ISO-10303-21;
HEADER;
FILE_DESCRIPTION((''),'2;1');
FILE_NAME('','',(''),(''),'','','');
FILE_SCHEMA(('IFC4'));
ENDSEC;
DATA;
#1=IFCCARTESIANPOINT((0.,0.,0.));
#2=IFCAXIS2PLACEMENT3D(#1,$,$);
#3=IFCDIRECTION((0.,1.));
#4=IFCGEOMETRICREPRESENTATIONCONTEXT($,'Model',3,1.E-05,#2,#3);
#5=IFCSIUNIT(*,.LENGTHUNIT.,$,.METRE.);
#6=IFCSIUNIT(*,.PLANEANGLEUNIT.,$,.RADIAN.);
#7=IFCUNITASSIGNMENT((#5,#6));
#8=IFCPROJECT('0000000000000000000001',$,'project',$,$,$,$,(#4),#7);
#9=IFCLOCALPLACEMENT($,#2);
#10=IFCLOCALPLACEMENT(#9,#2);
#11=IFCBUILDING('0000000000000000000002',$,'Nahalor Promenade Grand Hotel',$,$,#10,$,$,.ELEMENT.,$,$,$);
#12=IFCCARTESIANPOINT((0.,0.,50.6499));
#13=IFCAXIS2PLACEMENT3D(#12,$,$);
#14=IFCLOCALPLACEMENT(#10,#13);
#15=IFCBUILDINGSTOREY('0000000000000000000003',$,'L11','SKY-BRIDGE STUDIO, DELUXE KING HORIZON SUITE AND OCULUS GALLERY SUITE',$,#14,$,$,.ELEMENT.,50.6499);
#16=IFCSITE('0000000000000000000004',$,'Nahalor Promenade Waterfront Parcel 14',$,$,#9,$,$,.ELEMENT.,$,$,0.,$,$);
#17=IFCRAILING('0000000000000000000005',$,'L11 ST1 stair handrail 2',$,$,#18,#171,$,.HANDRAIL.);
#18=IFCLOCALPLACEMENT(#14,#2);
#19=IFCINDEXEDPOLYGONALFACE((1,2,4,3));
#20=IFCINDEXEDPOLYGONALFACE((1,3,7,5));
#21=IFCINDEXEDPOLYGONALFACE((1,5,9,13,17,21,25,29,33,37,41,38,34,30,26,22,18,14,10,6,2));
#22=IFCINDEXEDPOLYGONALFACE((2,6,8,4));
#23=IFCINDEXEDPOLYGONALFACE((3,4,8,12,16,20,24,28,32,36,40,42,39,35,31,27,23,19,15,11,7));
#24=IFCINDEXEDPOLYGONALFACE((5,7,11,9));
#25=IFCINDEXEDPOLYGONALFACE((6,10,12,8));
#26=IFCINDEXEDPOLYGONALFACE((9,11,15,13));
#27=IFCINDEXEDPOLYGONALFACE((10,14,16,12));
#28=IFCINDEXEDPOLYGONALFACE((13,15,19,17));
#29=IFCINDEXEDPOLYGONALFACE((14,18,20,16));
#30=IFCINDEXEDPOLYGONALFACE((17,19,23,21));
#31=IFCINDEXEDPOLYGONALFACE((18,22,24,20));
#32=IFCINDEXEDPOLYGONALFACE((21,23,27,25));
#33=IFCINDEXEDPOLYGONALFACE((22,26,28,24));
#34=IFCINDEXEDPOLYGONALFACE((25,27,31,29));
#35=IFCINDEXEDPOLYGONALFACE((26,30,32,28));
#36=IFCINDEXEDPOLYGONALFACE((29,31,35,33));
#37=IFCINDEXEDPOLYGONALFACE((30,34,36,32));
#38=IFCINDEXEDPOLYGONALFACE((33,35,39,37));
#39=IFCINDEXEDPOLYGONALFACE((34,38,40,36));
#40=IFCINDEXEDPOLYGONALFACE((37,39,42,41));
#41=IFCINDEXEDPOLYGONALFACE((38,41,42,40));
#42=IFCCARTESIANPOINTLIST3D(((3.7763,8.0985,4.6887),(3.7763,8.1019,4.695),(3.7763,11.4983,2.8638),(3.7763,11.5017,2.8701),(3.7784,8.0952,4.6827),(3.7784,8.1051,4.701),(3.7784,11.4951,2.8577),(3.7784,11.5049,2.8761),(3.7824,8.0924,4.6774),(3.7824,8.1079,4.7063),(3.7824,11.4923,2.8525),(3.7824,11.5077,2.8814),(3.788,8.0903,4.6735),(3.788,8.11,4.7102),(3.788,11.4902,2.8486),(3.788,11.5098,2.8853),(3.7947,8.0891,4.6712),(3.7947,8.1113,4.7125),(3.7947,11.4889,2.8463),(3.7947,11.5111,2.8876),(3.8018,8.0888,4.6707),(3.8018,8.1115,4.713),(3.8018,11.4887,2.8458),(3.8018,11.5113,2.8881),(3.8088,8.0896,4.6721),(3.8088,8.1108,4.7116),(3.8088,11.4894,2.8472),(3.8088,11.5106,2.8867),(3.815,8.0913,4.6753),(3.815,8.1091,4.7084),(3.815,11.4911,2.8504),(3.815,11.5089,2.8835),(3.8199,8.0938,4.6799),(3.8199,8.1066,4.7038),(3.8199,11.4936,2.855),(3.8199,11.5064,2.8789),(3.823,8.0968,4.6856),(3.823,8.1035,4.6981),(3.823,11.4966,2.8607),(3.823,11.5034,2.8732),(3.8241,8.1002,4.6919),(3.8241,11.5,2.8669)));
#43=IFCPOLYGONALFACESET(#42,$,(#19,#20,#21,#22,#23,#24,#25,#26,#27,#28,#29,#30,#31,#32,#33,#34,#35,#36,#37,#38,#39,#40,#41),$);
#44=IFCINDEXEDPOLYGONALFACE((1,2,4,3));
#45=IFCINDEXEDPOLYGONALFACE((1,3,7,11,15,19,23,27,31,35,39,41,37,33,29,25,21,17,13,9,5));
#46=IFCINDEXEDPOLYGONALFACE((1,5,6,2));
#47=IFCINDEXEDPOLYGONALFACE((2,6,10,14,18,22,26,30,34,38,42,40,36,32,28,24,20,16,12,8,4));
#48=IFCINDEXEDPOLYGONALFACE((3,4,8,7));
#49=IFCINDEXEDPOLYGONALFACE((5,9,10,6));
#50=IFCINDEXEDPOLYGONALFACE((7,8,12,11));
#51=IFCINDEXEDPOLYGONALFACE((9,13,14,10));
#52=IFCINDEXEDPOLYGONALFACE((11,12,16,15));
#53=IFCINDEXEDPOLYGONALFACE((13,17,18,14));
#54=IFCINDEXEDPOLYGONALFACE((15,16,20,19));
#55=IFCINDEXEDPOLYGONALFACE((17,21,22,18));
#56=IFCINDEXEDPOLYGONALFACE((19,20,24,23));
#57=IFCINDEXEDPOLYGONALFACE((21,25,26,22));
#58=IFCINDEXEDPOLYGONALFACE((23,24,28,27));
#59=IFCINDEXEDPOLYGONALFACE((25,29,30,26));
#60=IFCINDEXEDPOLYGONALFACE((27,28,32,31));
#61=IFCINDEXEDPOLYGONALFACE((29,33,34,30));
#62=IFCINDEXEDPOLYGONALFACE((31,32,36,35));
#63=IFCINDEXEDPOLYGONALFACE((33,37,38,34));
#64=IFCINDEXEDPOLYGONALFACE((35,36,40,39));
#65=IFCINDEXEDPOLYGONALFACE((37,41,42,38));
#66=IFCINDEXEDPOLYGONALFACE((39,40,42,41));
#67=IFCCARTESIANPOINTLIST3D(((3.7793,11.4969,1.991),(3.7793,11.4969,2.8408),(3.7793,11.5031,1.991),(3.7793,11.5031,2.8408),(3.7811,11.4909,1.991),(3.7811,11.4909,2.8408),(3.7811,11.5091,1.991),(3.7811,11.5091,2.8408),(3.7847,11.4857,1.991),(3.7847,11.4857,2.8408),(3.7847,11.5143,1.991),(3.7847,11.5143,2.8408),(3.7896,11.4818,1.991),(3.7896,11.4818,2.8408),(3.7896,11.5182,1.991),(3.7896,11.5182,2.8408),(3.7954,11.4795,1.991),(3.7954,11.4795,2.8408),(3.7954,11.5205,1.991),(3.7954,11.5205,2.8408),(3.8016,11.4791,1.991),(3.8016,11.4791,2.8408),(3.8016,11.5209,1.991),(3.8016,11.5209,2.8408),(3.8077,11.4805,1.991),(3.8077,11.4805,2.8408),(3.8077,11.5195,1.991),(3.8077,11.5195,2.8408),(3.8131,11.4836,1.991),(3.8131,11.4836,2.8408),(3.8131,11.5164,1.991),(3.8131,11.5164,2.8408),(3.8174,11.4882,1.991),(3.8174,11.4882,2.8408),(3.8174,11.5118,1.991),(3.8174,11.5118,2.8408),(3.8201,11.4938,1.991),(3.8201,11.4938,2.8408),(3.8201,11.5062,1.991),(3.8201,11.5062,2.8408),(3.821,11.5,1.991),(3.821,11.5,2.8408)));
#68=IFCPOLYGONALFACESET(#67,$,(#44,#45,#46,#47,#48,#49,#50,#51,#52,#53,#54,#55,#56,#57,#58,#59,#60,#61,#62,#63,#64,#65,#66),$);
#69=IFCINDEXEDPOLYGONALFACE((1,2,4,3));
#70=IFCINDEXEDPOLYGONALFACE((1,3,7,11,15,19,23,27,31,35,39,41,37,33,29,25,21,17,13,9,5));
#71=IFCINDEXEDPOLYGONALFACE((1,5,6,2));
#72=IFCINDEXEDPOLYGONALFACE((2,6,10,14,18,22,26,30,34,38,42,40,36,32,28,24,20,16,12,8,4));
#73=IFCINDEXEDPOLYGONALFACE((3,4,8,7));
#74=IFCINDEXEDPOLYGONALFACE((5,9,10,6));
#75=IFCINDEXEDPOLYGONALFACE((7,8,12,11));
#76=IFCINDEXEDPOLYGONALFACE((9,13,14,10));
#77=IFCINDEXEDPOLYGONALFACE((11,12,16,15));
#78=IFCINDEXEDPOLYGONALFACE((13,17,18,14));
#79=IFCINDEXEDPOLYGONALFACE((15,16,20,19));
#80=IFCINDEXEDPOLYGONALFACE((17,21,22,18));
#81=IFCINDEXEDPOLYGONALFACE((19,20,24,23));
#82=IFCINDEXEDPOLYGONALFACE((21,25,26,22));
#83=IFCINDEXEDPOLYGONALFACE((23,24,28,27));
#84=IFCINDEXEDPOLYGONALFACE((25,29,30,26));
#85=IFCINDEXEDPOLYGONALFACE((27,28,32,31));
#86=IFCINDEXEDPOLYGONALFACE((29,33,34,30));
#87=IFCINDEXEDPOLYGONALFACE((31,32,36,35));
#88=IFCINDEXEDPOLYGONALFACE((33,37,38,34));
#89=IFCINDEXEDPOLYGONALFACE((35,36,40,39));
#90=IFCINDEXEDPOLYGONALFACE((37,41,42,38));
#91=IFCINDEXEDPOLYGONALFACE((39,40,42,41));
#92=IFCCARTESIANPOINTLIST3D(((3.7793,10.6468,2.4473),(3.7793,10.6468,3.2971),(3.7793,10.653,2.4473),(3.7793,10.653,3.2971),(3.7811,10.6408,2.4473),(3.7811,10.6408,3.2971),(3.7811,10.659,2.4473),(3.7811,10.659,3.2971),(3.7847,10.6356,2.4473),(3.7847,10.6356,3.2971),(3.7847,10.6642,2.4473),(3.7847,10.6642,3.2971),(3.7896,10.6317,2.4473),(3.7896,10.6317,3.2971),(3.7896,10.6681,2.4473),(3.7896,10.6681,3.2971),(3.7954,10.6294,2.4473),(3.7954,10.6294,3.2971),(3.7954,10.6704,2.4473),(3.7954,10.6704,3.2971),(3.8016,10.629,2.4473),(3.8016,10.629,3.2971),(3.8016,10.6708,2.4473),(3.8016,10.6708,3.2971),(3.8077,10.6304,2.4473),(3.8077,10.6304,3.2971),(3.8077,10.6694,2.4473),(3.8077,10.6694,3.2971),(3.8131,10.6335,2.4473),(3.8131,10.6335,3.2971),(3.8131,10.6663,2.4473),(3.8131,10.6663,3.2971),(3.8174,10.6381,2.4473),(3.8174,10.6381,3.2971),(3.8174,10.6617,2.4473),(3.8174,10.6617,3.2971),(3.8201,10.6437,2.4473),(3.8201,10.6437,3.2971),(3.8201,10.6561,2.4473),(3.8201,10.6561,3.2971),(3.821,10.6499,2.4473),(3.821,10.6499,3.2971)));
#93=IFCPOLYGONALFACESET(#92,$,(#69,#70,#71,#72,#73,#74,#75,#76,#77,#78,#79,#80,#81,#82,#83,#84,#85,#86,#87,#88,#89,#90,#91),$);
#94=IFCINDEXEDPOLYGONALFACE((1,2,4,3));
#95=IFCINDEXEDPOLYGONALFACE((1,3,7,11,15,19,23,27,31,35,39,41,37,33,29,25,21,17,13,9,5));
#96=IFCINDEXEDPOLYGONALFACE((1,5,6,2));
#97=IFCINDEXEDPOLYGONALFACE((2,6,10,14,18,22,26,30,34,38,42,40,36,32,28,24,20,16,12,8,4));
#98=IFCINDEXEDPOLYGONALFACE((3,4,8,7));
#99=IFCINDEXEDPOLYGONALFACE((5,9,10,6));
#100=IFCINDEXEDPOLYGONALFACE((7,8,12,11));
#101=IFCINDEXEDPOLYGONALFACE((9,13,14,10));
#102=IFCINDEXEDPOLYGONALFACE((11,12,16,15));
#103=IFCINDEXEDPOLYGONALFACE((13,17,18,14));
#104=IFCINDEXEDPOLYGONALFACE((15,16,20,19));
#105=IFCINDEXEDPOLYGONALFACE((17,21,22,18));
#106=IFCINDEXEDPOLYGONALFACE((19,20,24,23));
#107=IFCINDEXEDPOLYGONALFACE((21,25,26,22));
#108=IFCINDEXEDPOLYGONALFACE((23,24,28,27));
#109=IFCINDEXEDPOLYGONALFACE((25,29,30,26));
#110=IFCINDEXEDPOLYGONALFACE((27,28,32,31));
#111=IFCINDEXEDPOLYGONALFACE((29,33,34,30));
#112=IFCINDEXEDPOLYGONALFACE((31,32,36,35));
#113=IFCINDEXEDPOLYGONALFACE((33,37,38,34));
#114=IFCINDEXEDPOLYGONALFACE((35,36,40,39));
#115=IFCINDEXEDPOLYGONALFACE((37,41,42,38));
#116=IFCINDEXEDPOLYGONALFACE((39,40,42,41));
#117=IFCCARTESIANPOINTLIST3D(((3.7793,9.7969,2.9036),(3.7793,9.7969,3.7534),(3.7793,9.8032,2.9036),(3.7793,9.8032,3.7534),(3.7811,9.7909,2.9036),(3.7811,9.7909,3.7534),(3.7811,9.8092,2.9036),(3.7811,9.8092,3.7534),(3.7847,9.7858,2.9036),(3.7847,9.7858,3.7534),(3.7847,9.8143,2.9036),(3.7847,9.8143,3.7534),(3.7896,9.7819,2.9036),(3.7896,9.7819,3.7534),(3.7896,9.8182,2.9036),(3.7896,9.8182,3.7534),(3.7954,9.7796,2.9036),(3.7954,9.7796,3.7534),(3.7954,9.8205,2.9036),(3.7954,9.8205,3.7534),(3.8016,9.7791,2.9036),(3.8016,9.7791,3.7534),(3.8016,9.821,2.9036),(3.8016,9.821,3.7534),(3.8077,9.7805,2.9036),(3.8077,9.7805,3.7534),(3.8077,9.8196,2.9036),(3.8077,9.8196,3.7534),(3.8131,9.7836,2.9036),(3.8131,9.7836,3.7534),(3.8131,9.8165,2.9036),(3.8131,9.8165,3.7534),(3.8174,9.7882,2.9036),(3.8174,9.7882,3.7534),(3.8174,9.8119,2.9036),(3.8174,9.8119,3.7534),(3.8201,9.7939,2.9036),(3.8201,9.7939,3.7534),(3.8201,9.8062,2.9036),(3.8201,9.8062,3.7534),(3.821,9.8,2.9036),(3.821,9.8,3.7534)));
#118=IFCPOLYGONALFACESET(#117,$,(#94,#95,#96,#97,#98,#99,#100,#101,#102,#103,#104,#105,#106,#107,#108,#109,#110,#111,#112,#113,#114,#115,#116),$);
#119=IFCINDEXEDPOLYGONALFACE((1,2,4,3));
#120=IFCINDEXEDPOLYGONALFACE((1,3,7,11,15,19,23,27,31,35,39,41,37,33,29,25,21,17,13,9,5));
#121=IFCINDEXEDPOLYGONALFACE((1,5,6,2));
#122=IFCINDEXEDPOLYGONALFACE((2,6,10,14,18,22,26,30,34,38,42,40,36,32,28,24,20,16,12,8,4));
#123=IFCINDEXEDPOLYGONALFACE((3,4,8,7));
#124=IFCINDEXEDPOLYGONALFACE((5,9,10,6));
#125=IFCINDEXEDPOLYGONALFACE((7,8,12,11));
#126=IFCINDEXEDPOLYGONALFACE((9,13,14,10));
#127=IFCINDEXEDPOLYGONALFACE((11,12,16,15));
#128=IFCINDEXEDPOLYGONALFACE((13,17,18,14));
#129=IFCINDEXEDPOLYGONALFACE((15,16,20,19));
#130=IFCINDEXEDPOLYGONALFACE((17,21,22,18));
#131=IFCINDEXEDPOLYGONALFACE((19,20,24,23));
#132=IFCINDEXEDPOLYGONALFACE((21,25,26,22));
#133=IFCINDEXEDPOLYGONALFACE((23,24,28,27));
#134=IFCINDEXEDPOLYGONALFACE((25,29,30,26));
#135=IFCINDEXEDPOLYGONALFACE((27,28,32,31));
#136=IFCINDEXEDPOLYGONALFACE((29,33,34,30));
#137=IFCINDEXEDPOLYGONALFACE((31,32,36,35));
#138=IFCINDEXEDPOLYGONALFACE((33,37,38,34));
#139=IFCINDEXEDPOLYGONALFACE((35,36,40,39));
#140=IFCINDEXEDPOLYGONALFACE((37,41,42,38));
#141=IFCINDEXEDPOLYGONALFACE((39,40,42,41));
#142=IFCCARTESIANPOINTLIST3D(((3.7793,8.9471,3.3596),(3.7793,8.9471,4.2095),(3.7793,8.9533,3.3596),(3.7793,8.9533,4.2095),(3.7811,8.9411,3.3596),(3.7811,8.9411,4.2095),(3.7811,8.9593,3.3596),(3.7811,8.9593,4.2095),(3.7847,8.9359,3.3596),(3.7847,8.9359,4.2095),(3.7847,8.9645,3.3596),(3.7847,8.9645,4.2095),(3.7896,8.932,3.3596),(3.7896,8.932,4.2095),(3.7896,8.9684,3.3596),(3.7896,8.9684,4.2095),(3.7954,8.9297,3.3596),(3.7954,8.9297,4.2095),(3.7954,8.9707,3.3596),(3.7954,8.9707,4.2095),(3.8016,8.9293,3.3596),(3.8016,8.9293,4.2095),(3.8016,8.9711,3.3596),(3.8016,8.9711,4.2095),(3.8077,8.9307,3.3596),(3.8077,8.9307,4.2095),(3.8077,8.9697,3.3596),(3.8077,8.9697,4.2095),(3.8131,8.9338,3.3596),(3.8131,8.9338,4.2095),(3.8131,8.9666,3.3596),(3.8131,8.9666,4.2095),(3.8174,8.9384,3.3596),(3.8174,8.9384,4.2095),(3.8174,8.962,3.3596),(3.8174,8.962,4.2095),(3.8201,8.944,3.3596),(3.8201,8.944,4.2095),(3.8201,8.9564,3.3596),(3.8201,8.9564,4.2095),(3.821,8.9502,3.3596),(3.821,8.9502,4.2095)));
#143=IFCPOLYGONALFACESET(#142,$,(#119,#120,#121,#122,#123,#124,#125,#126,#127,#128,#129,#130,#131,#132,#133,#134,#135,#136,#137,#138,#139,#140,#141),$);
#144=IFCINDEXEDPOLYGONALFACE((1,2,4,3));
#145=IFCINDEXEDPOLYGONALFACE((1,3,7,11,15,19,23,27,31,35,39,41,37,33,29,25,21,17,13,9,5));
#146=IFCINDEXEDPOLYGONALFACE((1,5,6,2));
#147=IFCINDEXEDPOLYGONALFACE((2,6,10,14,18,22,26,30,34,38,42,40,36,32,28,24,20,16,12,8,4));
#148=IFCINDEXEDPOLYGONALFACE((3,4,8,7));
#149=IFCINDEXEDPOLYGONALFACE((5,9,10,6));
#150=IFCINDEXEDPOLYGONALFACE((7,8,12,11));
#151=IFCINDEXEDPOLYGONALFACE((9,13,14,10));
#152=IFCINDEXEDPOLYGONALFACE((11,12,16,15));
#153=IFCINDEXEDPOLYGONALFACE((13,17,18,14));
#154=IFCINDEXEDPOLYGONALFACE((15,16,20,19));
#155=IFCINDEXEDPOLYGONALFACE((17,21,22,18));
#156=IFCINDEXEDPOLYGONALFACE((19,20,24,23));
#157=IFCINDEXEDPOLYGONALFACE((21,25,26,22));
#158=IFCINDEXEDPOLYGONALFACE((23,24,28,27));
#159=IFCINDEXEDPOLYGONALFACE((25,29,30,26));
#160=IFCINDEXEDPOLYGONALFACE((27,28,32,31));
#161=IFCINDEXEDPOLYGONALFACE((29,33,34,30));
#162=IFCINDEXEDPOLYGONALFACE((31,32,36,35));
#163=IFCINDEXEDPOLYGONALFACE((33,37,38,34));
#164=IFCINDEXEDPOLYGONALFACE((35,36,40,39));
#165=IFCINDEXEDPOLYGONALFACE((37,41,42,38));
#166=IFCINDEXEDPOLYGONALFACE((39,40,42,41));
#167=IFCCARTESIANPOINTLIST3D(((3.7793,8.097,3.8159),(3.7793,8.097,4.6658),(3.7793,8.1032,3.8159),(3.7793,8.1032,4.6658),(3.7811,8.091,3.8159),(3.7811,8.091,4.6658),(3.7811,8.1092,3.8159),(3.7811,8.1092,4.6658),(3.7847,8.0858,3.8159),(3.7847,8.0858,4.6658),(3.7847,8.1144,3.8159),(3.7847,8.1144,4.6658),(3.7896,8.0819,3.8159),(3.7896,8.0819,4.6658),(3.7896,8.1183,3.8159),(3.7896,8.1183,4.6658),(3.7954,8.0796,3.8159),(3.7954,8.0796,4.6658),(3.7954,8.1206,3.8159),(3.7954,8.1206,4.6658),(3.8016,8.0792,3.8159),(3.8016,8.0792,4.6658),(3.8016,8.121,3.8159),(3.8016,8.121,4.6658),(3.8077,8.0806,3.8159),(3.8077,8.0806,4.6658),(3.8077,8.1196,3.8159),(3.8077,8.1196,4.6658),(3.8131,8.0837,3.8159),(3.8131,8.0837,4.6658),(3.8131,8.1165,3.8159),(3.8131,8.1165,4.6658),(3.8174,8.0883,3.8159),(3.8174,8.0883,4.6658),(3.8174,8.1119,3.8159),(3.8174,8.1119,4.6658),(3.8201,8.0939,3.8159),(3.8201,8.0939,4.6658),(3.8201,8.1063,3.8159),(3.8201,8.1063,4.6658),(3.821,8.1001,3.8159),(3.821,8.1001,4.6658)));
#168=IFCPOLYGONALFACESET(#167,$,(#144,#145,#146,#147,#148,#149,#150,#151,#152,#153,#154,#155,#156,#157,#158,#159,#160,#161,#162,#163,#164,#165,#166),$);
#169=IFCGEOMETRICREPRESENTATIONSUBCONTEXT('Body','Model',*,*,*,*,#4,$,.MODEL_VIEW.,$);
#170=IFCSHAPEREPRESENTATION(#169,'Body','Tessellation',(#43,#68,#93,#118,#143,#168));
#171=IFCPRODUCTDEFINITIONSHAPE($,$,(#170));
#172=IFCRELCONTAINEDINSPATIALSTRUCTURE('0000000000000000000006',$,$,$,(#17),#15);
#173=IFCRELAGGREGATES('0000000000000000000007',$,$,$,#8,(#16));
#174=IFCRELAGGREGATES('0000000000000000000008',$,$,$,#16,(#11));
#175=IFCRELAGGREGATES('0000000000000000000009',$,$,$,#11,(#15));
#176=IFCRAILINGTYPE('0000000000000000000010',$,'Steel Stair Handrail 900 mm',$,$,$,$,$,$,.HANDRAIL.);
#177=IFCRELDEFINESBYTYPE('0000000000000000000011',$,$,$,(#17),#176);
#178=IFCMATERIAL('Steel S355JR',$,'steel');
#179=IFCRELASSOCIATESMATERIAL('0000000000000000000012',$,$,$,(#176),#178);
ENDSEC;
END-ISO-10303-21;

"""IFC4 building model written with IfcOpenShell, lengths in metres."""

from ifc_helpers import new_model, si_unit, direction, frame, origin, origin_2d, place, context, subcontext, project, spatial, circle, extrude, material, type_object, element, save


model = new_model("IFC4")

# Units and contexts
model_context = context("Model", 3, precision=1e-05, world=origin(), true_north=direction((0.0, 1.0)))
body_context = subcontext(model_context, "Body", "Model", "MODEL_VIEW")
ifc_project = project(units=[si_unit("LENGTHUNIT", "METRE"), si_unit("PLANEANGLEUNIT", "RADIAN")], contexts=[model_context])

# Site, building, storey
site_placement = place(None, origin())
site = spatial("IfcSite", under=ifc_project, at=site_placement, Name="Nahalor Promenade Waterfront Parcel 14", CompositionType="ELEMENT", RefElevation=0.0)
building_placement = place(site_placement, origin())
building = spatial("IfcBuilding", under=site, at=building_placement, Name="Nahalor Promenade Grand Hotel", CompositionType="ELEMENT")
storey_placement = place(building_placement, frame((0.0, 0.0, 50.6499)))
storey = spatial("IfcBuildingStorey", under=building, at=storey_placement, Name="L11", Description="SKY-BRIDGE STUDIO, DELUXE KING HORIZON SUITE AND OCULUS GALLERY SUITE", CompositionType="ELEMENT", Elevation=50.6499)

# Shared definitions
ifc_material_1 = material(Name="Steel S355JR", Category="steel")

# Railing
railing_type_1 = type_object("IfcRailingType", Name="Steel Stair Handrail 900 mm", PredefinedType="HANDRAIL", material=ifc_material_1)
railing_1_placement = place(storey_placement, frame((3.8, 11.5, 1.991)))
element("IfcRailing", 1, at=railing_1_placement, inside=storey, type_object=railing_type_1, Name="L11 ST1 stair handrail 2", PredefinedType="HANDRAIL", context=body_context, shape_type="SweptSolid", body=[
    extrude(circle(Radius=0.024, at=origin_2d()), frame((0.0, 0.0, 0.876), z_axis=(0.0, -0.881094, 0.472941), x_axis=(1.0, 0.0, 0.0)), (0.0, 0.0, 1.0), 3.8586),
    extrude(circle(Radius=0.021, at=origin_2d()), origin(), (0.0, 0.0, 1.0), 0.8499),
    extrude(circle(Radius=0.021, at=origin_2d()), frame((0.0, -0.8501, 0.4563)), (0.0, 0.0, 1.0), 0.8499),
    extrude(circle(Radius=0.021, at=origin_2d()), frame((0.0, -1.7, 0.9126)), (0.0, 0.0, 1.0), 0.8499),
    extrude(circle(Radius=0.021, at=origin_2d()), frame((0.0, -2.5498, 1.3687)), (0.0, 0.0, 1.0), 0.8499),
    extrude(circle(Radius=0.021, at=origin_2d()), frame((0.0, -3.3999, 1.825)), (0.0, 0.0, 1.0), 0.8499),
])

save(model, "model.ifc")
